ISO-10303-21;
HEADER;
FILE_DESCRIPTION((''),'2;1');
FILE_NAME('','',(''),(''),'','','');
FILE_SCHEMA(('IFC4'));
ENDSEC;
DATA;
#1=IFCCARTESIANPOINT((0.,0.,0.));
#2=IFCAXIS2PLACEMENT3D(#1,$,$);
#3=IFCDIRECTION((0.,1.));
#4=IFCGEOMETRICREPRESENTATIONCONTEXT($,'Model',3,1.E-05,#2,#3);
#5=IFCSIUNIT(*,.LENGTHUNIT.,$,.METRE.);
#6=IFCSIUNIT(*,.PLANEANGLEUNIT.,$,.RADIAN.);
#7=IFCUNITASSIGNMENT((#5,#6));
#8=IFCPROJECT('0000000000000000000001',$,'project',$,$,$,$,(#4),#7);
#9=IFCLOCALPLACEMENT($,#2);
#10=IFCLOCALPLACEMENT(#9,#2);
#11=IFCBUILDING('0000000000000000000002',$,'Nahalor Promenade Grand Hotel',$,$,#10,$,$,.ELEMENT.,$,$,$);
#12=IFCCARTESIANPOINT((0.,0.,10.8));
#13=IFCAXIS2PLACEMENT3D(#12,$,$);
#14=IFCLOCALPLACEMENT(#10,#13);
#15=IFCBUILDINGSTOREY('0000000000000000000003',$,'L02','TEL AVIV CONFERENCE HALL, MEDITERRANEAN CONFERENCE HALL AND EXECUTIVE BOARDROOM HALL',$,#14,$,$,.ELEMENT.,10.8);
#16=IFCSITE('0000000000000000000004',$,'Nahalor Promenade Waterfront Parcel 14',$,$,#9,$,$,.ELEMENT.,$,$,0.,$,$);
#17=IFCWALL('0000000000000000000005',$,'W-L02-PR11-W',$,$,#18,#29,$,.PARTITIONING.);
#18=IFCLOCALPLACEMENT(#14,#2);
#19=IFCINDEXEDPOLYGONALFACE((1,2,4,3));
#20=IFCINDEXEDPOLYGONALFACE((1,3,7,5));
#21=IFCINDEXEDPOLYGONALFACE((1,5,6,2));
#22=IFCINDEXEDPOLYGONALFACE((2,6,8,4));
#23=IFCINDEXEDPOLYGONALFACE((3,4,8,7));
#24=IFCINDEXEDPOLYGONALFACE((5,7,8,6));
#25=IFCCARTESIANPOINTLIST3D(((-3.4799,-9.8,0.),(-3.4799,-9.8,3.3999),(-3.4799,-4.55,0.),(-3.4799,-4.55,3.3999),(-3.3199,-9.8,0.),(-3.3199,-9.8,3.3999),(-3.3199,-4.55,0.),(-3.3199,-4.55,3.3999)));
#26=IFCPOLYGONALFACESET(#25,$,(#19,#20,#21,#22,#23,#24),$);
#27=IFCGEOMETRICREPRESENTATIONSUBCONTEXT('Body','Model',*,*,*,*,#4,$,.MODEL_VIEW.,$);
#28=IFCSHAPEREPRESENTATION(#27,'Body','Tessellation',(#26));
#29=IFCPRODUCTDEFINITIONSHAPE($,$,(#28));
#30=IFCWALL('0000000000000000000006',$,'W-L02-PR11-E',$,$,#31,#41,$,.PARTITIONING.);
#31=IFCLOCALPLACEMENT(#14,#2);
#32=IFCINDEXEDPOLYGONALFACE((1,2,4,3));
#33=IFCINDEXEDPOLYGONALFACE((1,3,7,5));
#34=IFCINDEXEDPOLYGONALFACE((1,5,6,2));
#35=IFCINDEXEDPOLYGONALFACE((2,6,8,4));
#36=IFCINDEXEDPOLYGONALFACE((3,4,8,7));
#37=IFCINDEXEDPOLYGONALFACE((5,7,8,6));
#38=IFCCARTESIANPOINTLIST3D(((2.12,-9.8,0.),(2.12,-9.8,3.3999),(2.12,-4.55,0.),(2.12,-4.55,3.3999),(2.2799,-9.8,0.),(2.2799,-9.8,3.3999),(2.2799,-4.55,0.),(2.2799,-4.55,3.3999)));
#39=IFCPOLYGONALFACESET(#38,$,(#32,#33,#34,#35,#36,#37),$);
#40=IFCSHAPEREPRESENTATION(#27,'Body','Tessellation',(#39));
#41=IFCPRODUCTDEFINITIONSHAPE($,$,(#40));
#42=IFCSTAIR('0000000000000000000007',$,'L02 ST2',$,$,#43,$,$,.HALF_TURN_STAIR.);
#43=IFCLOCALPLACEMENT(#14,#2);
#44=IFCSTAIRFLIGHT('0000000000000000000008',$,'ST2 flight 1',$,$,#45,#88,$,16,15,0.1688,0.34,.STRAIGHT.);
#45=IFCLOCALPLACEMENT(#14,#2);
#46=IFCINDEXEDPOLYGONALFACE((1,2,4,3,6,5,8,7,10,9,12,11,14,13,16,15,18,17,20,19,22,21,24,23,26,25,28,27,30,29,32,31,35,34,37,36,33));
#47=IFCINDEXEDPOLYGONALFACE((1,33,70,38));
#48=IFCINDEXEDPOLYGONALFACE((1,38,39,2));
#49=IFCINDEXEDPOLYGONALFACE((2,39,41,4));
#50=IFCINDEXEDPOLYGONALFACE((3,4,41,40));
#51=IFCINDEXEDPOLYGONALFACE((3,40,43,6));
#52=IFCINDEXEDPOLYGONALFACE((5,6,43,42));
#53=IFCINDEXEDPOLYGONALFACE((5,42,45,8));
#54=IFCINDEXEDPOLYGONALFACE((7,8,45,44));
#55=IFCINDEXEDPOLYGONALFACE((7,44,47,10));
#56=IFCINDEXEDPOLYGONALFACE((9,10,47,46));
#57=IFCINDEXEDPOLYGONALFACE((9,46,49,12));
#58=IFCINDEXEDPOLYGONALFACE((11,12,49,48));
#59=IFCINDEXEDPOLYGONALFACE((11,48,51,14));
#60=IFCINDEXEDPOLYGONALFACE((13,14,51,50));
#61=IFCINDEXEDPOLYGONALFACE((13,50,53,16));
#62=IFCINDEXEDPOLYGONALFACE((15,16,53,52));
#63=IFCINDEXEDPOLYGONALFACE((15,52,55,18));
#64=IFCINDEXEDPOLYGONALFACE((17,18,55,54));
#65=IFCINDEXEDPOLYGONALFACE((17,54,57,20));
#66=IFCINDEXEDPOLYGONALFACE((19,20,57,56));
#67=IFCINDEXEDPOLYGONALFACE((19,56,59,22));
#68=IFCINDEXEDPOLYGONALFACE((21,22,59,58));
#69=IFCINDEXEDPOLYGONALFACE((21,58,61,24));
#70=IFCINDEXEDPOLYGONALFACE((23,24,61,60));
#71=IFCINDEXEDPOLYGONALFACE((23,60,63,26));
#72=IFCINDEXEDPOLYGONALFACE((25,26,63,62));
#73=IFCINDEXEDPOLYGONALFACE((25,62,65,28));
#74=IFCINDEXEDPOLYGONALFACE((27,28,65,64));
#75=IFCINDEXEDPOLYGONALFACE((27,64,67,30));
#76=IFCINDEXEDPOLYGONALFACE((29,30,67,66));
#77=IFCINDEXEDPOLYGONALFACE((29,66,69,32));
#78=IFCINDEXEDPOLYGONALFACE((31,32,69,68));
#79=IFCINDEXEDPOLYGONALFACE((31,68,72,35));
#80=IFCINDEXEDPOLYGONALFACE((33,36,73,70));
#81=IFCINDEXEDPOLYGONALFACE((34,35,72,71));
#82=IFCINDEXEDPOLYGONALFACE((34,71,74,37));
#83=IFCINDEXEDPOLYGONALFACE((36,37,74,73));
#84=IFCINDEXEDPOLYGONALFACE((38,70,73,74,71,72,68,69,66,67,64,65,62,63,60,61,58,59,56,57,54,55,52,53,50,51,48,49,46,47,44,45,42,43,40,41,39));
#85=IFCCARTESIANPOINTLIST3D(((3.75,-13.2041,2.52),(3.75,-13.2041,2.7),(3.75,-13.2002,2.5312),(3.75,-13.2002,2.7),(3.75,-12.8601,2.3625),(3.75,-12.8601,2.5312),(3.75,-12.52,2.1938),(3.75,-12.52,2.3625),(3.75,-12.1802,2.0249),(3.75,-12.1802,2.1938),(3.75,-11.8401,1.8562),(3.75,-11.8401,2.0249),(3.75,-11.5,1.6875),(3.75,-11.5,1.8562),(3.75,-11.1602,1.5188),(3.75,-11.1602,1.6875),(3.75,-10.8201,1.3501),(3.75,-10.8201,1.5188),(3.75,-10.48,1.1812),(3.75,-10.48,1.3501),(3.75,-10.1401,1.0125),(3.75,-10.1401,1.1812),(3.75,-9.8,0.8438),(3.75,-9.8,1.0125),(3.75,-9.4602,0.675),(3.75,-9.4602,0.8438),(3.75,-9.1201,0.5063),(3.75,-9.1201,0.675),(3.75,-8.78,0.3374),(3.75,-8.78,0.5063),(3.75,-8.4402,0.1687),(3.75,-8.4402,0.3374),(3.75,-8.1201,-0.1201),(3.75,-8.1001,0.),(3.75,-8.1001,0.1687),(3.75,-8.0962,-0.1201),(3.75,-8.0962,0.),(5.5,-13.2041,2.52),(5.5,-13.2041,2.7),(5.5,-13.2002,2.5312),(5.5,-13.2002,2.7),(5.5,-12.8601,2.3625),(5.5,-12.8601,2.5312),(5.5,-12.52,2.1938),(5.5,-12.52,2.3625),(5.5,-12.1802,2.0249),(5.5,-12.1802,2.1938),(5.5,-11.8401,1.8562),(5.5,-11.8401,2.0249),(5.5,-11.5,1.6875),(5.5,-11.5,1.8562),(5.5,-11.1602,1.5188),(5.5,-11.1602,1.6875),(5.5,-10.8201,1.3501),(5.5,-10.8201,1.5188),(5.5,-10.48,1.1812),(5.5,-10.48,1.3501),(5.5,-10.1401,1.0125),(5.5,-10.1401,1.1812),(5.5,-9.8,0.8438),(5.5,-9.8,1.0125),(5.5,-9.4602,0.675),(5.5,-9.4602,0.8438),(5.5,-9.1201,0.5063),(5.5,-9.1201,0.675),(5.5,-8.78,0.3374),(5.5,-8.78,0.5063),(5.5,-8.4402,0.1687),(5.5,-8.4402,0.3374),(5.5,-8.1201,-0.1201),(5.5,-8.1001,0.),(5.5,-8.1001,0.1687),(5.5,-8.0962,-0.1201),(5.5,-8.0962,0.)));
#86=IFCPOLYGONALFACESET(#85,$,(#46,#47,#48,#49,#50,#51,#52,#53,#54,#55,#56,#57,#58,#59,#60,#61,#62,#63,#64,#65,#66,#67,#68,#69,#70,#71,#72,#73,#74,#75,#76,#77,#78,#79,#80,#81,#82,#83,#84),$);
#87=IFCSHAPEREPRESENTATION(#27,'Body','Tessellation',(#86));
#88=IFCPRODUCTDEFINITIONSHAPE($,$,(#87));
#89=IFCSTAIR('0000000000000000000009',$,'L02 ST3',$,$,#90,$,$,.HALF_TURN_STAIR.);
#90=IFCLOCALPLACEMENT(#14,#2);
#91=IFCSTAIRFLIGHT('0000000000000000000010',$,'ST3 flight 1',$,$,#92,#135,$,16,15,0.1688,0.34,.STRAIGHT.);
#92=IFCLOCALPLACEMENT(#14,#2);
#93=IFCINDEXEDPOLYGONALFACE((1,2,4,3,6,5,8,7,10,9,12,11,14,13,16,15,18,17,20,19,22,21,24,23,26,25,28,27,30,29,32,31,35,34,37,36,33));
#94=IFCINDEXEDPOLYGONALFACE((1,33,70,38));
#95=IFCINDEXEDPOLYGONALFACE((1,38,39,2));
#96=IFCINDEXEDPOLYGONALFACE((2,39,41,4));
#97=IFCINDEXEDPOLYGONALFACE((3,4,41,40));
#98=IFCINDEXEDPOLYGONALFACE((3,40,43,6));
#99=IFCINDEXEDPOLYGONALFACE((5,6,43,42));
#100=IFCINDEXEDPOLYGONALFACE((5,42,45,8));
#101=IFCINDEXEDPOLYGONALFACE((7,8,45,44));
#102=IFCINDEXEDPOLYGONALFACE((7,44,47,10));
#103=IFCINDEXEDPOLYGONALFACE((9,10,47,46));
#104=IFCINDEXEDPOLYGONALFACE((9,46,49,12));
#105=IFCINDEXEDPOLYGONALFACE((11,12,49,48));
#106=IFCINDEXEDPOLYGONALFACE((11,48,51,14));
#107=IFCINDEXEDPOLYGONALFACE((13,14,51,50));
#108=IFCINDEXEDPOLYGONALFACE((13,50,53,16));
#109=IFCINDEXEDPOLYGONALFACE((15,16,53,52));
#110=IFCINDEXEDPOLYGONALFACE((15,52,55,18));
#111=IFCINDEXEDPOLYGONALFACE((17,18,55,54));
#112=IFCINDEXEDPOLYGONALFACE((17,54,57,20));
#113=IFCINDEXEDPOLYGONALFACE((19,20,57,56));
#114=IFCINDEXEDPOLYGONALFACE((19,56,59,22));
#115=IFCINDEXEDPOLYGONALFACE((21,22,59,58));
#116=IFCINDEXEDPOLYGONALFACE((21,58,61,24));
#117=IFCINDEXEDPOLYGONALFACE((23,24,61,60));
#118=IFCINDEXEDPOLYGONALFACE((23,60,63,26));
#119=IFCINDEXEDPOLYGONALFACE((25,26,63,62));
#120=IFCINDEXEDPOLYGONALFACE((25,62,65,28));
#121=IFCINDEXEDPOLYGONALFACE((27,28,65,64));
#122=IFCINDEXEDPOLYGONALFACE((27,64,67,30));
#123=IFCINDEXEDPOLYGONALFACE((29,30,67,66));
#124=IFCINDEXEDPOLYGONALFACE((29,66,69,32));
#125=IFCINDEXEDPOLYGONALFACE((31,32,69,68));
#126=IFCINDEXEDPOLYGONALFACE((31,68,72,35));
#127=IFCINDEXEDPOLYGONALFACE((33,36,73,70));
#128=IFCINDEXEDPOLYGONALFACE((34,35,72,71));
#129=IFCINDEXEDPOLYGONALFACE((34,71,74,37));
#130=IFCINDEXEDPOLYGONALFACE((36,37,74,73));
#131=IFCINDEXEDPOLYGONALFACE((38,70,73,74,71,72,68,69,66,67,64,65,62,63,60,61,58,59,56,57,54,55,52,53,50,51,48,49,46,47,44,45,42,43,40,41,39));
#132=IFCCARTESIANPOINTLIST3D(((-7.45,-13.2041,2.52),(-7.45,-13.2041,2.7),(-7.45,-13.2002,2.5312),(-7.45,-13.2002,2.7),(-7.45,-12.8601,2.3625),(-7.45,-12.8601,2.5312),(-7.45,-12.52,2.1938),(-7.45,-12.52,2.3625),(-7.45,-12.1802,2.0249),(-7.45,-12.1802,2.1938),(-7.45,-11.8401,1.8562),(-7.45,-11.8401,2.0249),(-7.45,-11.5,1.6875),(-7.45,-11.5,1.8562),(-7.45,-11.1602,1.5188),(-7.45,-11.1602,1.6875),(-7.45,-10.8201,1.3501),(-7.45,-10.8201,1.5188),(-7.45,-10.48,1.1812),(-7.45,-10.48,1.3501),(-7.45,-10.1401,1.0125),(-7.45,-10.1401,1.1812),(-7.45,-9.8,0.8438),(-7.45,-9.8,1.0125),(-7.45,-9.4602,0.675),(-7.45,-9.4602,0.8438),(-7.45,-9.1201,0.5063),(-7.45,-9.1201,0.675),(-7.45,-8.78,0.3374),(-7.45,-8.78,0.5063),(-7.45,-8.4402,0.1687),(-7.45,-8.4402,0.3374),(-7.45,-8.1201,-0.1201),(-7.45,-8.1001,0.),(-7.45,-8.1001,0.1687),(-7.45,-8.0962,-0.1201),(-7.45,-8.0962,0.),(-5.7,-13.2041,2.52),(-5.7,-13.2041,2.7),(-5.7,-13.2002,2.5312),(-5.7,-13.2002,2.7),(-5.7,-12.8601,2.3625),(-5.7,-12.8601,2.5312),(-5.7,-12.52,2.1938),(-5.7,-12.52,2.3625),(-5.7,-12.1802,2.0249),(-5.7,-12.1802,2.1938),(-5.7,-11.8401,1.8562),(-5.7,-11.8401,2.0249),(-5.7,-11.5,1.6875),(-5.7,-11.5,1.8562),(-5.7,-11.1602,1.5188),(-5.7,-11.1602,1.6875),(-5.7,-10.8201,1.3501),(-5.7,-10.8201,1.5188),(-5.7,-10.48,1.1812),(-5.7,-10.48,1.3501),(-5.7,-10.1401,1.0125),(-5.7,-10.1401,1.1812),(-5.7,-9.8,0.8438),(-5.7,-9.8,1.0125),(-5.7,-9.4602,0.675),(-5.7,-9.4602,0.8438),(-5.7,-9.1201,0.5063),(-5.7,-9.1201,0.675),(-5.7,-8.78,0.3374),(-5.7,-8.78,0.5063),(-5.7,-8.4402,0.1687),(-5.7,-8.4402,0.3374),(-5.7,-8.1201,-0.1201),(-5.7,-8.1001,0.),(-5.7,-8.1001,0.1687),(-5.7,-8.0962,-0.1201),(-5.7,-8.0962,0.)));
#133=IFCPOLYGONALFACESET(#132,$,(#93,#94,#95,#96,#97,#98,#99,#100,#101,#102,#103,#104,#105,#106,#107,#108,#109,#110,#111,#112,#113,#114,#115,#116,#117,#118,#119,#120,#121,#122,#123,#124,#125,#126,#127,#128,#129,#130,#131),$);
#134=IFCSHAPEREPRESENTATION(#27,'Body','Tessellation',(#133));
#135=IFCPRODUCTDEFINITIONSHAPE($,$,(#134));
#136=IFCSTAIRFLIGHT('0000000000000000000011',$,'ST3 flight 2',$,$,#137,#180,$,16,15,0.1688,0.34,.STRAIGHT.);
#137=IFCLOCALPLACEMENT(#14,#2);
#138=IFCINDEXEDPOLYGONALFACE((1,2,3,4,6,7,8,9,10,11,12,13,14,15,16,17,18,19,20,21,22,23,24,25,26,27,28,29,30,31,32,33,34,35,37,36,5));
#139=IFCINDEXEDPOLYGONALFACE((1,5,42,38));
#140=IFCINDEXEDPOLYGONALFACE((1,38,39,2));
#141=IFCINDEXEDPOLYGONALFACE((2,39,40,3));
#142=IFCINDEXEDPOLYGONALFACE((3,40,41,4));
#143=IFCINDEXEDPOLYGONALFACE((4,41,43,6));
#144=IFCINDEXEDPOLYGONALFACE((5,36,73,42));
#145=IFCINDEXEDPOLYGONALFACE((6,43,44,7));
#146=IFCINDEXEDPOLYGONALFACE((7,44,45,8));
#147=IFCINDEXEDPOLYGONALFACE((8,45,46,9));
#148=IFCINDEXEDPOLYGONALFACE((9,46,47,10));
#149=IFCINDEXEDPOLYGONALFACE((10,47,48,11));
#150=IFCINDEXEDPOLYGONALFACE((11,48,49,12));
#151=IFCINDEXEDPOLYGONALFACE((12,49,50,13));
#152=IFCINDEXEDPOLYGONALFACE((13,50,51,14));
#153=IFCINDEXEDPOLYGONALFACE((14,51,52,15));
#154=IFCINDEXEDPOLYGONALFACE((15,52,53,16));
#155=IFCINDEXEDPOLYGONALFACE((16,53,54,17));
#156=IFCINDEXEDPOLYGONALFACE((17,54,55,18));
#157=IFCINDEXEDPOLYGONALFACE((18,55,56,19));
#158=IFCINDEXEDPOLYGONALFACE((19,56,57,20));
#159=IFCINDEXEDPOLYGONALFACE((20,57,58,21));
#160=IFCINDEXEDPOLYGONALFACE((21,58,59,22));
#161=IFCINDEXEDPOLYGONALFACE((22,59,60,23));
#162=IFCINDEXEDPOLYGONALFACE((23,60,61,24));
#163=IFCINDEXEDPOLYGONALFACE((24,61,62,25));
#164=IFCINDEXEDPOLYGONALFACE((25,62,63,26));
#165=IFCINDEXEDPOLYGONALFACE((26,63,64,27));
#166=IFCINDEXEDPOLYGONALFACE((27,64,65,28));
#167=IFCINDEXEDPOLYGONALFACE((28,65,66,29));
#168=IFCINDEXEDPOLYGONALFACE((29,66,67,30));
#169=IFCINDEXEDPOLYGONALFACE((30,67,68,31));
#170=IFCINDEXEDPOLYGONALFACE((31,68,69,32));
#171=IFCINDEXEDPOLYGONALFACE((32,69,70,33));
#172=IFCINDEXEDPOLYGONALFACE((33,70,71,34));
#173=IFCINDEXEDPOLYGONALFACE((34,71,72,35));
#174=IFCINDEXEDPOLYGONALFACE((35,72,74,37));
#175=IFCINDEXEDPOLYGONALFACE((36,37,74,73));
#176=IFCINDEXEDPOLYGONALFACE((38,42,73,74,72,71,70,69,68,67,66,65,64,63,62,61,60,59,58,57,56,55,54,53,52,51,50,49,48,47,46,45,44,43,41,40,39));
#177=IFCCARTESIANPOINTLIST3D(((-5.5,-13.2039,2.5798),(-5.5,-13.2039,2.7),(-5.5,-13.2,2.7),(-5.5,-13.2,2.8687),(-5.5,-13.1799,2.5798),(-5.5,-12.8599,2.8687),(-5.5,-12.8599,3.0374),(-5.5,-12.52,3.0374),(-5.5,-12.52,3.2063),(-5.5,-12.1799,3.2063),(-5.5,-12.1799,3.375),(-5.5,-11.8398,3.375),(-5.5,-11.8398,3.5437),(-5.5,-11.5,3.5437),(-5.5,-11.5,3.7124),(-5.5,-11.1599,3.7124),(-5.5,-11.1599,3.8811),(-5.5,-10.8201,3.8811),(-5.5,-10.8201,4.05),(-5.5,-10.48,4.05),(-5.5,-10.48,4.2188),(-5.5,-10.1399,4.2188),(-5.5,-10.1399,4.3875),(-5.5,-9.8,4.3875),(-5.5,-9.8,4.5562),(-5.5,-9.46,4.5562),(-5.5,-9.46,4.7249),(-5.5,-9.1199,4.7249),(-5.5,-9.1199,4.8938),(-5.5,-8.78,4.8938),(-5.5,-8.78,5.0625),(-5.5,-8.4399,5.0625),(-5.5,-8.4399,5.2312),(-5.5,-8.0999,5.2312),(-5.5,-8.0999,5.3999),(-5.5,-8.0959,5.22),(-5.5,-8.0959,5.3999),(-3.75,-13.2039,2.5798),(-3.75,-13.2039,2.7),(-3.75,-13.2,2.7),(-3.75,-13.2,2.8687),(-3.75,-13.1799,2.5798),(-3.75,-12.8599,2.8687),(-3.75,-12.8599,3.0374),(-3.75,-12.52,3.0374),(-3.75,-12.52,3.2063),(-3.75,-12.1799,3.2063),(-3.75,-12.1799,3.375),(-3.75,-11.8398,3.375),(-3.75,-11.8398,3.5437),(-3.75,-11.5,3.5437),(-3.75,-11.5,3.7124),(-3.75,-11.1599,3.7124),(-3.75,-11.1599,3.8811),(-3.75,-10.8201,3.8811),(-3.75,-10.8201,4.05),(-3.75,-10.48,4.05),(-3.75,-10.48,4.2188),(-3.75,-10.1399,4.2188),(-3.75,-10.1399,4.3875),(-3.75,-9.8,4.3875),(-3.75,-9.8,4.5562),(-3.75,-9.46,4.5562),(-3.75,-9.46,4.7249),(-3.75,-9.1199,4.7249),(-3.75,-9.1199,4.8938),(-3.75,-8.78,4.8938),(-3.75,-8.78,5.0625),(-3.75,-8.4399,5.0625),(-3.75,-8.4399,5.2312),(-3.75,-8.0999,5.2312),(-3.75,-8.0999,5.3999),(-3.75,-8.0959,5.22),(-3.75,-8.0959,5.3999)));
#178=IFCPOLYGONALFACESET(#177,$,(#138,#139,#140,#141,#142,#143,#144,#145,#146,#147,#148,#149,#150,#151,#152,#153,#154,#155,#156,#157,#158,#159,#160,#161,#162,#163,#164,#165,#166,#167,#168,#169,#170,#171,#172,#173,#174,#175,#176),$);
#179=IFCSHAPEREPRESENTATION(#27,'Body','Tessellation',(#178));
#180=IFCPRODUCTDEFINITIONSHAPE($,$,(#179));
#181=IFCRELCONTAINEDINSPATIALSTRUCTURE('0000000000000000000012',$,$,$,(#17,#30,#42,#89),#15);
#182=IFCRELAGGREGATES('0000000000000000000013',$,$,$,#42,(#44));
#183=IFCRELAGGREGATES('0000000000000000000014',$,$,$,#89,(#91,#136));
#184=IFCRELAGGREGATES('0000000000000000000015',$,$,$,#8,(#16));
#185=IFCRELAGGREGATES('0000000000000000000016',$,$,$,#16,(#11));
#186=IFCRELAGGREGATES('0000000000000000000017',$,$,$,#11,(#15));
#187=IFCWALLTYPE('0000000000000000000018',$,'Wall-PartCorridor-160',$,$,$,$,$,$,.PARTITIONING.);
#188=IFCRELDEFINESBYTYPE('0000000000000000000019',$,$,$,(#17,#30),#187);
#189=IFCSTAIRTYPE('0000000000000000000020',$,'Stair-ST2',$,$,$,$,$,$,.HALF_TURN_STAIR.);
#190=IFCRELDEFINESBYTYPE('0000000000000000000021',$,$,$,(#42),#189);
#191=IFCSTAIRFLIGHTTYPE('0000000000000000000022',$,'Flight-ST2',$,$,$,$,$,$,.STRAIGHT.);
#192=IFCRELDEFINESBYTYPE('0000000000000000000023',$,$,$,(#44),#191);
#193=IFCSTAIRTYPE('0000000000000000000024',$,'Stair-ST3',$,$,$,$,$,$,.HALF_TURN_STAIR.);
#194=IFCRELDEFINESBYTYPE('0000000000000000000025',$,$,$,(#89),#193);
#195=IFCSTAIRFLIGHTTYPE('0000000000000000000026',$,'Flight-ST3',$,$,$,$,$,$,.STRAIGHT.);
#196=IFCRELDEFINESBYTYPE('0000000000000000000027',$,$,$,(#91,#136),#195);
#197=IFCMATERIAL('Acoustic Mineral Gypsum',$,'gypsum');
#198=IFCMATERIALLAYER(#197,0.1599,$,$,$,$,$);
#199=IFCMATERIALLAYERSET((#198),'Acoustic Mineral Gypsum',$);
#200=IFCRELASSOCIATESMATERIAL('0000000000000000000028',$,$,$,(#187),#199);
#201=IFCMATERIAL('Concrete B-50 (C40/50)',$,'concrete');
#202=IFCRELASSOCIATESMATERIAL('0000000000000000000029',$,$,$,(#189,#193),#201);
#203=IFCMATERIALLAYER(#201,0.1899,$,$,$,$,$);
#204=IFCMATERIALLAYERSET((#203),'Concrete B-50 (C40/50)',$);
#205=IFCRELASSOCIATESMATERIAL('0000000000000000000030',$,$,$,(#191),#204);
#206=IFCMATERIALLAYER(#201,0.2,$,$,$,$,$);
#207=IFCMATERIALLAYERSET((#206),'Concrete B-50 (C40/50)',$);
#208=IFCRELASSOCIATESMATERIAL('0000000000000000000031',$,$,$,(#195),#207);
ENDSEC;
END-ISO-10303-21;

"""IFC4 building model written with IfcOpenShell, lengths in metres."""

from ifc_helpers import new_model, si_unit, direction, frame, frame_2d, origin, place, context, subcontext, project, spatial, polyline, rectangle, outline, extrude, source, transform, mapped, material, layer, layer_set, type_object, element, aggregate, save


model = new_model("IFC4")

# Units and contexts
model_context = context("Model", 3, precision=1e-05, world=origin(), true_north=direction((0.0, 1.0)))
body_context = subcontext(model_context, "Body", "Model", "MODEL_VIEW")
ifc_project = project(units=[si_unit("LENGTHUNIT", "METRE"), si_unit("PLANEANGLEUNIT", "RADIAN")], contexts=[model_context])

# Site, building, storey
site_placement = place(None, origin())
site = spatial("IfcSite", under=ifc_project, at=site_placement, Name="Nahalor Promenade Waterfront Parcel 14", CompositionType="ELEMENT", RefElevation=0.0)
building_placement = place(site_placement, origin())
building = spatial("IfcBuilding", under=site, at=building_placement, Name="Nahalor Promenade Grand Hotel", CompositionType="ELEMENT")
storey_placement = place(building_placement, frame((0.0, 0.0, 10.8)))
storey = spatial("IfcBuildingStorey", under=building, at=storey_placement, Name="L02", Description="TEL AVIV CONFERENCE HALL, MEDITERRANEAN CONFERENCE HALL AND EXECUTIVE BOARDROOM HALL", CompositionType="ELEMENT", Elevation=10.8)

# Shared definitions
ifc_material_1 = material(Name="Concrete B-50 (C40/50)", Category="concrete")

# Walls
ifc_material_2 = material(Name="Acoustic Mineral Gypsum", Category="gypsum")
ifc_layer_1 = layer(ifc_material_2, 0.1599)
ifc_layer_set_1 = layer_set([ifc_layer_1], Name="Acoustic Mineral Gypsum")
wall_type_1 = type_object("IfcWallType", Name="Wall-PartCorridor-160", PredefinedType="PARTITIONING", material=ifc_layer_set_1)
shared_shape_1 = source(origin(), body_context, "Body", "SweptSolid", [
    extrude(rectangle(XDim=5.25, YDim=0.1599, at=frame_2d((2.625, 0.0))), origin(), (0.0, 0.0, 1.0), 3.3999),
])
for number, where, z_axis, x_axis, name in (
    (1, (-3.3999, -9.8, 0.0), (0.0, 0.0, 1.0), (0.0, 1.0, 0.0), "W-L02-PR11-W"),
    (2, (2.2, -9.8, 0.0), (0.0, 0.0, 1.0), (0.0, 1.0, 0.0), "W-L02-PR11-E"),
):
    element("IfcWall", number, at=place(storey_placement, frame(where, z_axis=z_axis, x_axis=x_axis)), inside=storey, type_object=wall_type_1, Name=name, PredefinedType="PARTITIONING", context=body_context, shape_type="MappedRepresentation", body=[
        mapped(shared_shape_1, transform((0.0, 0.0, 0.0), scale=1.0)),
    ])

# Stair, stair flight
stair_type_1 = type_object("IfcStairType", Name="Stair-ST2", PredefinedType="HALF_TURN_STAIR", material=ifc_material_1)
stair_1_placement = place(storey_placement, origin())
stair_1 = element("IfcStair", 3, at=stair_1_placement, inside=storey, type_object=stair_type_1, Name="L02 ST2", PredefinedType="HALF_TURN_STAIR")
ifc_layer_2 = layer(ifc_material_1, 0.1899)
ifc_layer_set_2 = layer_set([ifc_layer_2], Name="Concrete B-50 (C40/50)")
stair_flight_type_1 = type_object("IfcStairFlightType", Name="Flight-ST2", PredefinedType="STRAIGHT", material=ifc_layer_set_2)
shared_shape_2 = source(origin(), body_context, "Body", "SweptSolid", [
    extrude(outline(polyline([(-0.0039, -0.1201), (-0.0039, 0.0), (0.0, 0.0), (0.0, 0.1687), (0.3401, 0.1687), (0.3401, 0.3374), (0.6799, 0.3374), (0.6799, 0.5063), (1.02, 0.5063), (1.02, 0.675), (1.3601, 0.675), (1.3601, 0.8438), (1.7, 0.8438), (1.7, 1.0125), (2.04, 1.0125), (2.04, 1.1812), (2.3799, 1.1812), (2.3799, 1.3501), (2.72, 1.3501), (2.72, 1.5188), (3.0601, 1.5188), (3.0601, 1.6875), (3.3999, 1.6875), (3.3999, 1.8562), (3.74, 1.8562), (3.74, 2.0249), (4.0801, 2.0249), (4.0801, 2.1938), (4.4199, 2.1938), (4.4199, 2.3625), (4.76, 2.3625), (4.76, 2.5312), (5.1001, 2.5312), (5.1001, 2.7), (5.104, 2.7), (5.104, 2.52), (0.02, -0.1201), (-0.0039, -0.1201)])), frame((0.0, 0.875, 0.0), z_axis=(0.0, -1.0, 0.0), x_axis=(1.0, 0.0, 0.0)), (0.0, 0.0, 1.0), 1.75),
])
stair_flight_1_placement = place(storey_placement, frame((4.625, -8.1001, 0.0), z_axis=(0.0, 0.0, 1.0), x_axis=(0.0, -1.0, 0.0)))
stair_flight_1 = element("IfcStairFlight", 4, at=stair_flight_1_placement, type_object=stair_flight_type_1, Name="ST2 flight 1", NumberOfRisers=16, NumberOfTreads=15, PredefinedType="STRAIGHT", RiserHeight=0.1688, TreadLength=0.34, context=body_context, shape_type="MappedRepresentation", body=[
    mapped(shared_shape_2, transform((0.0, 0.0, 0.0), scale=1.0)),
])
aggregate(stair_1, [stair_flight_1])

# Stair, stair flights
stair_type_2 = type_object("IfcStairType", Name="Stair-ST3", PredefinedType="HALF_TURN_STAIR", material=ifc_material_1)
stair_2_placement = place(storey_placement, origin())
stair_2 = element("IfcStair", 5, at=stair_2_placement, inside=storey, type_object=stair_type_2, Name="L02 ST3", PredefinedType="HALF_TURN_STAIR")
ifc_layer_3 = layer(ifc_material_1, 0.2)
ifc_layer_set_3 = layer_set([ifc_layer_3], Name="Concrete B-50 (C40/50)")
stair_flight_type_2 = type_object("IfcStairFlightType", Name="Flight-ST3", PredefinedType="STRAIGHT", material=ifc_layer_set_3)
shared_shape_3 = source(origin(), body_context, "Body", "SweptSolid", [
    extrude(outline(polyline([(-0.0039, -0.1201), (-0.0039, 0.0), (0.0, 0.0), (0.0, 0.1687), (0.3401, 0.1687), (0.3401, 0.3374), (0.6799, 0.3374), (0.6799, 0.5063), (1.02, 0.5063), (1.02, 0.675), (1.3601, 0.675), (1.3601, 0.8438), (1.7, 0.8438), (1.7, 1.0125), (2.04, 1.0125), (2.04, 1.1812), (2.3799, 1.1812), (2.3799, 1.3501), (2.72, 1.3501), (2.72, 1.5188), (3.0601, 1.5188), (3.0601, 1.6875), (3.3999, 1.6875), (3.3999, 1.8562), (3.74, 1.8562), (3.74, 2.0249), (4.0801, 2.0249), (4.0801, 2.1938), (4.4199, 2.1938), (4.4199, 2.3625), (4.76, 2.3625), (4.76, 2.5312), (5.1001, 2.5312), (5.1001, 2.7), (5.104, 2.7), (5.104, 2.52), (0.02, -0.1201), (-0.0039, -0.1201)])), frame((0.0, 0.875, 0.0), z_axis=(0.0, -1.0, 0.0), x_axis=(1.0, 0.0, 0.0)), (0.0, 0.0, 1.0), 1.75),
])
stair_flight_2_placement = place(storey_placement, frame((-6.575, -8.1001, 0.0), z_axis=(0.0, 0.0, 1.0), x_axis=(0.0, -1.0, 0.0)))
stair_flight_2 = element("IfcStairFlight", 6, at=stair_flight_2_placement, type_object=stair_flight_type_2, Name="ST3 flight 1", NumberOfRisers=16, NumberOfTreads=15, PredefinedType="STRAIGHT", RiserHeight=0.1688, TreadLength=0.34, context=body_context, shape_type="MappedRepresentation", body=[
    mapped(shared_shape_3, transform((0.0, 0.0, 0.0), scale=1.0)),
])
stair_flight_3_placement = place(storey_placement, frame((-4.625, -13.2, 2.7), z_axis=(0.0, 0.0, 1.0), x_axis=(0.0, 1.0, 0.0)))
stair_flight_3 = element("IfcStairFlight", 7, at=stair_flight_3_placement, type_object=stair_flight_type_2, Name="ST3 flight 2", NumberOfRisers=16, NumberOfTreads=15, PredefinedType="STRAIGHT", RiserHeight=0.1688, TreadLength=0.34, context=body_context, shape_type="MappedRepresentation", body=[
    mapped(shared_shape_3, transform((0.0, 0.0, 0.0), scale=1.0)),
])
aggregate(stair_2, [stair_flight_2, stair_flight_3])

save(model, "model.ifc")
